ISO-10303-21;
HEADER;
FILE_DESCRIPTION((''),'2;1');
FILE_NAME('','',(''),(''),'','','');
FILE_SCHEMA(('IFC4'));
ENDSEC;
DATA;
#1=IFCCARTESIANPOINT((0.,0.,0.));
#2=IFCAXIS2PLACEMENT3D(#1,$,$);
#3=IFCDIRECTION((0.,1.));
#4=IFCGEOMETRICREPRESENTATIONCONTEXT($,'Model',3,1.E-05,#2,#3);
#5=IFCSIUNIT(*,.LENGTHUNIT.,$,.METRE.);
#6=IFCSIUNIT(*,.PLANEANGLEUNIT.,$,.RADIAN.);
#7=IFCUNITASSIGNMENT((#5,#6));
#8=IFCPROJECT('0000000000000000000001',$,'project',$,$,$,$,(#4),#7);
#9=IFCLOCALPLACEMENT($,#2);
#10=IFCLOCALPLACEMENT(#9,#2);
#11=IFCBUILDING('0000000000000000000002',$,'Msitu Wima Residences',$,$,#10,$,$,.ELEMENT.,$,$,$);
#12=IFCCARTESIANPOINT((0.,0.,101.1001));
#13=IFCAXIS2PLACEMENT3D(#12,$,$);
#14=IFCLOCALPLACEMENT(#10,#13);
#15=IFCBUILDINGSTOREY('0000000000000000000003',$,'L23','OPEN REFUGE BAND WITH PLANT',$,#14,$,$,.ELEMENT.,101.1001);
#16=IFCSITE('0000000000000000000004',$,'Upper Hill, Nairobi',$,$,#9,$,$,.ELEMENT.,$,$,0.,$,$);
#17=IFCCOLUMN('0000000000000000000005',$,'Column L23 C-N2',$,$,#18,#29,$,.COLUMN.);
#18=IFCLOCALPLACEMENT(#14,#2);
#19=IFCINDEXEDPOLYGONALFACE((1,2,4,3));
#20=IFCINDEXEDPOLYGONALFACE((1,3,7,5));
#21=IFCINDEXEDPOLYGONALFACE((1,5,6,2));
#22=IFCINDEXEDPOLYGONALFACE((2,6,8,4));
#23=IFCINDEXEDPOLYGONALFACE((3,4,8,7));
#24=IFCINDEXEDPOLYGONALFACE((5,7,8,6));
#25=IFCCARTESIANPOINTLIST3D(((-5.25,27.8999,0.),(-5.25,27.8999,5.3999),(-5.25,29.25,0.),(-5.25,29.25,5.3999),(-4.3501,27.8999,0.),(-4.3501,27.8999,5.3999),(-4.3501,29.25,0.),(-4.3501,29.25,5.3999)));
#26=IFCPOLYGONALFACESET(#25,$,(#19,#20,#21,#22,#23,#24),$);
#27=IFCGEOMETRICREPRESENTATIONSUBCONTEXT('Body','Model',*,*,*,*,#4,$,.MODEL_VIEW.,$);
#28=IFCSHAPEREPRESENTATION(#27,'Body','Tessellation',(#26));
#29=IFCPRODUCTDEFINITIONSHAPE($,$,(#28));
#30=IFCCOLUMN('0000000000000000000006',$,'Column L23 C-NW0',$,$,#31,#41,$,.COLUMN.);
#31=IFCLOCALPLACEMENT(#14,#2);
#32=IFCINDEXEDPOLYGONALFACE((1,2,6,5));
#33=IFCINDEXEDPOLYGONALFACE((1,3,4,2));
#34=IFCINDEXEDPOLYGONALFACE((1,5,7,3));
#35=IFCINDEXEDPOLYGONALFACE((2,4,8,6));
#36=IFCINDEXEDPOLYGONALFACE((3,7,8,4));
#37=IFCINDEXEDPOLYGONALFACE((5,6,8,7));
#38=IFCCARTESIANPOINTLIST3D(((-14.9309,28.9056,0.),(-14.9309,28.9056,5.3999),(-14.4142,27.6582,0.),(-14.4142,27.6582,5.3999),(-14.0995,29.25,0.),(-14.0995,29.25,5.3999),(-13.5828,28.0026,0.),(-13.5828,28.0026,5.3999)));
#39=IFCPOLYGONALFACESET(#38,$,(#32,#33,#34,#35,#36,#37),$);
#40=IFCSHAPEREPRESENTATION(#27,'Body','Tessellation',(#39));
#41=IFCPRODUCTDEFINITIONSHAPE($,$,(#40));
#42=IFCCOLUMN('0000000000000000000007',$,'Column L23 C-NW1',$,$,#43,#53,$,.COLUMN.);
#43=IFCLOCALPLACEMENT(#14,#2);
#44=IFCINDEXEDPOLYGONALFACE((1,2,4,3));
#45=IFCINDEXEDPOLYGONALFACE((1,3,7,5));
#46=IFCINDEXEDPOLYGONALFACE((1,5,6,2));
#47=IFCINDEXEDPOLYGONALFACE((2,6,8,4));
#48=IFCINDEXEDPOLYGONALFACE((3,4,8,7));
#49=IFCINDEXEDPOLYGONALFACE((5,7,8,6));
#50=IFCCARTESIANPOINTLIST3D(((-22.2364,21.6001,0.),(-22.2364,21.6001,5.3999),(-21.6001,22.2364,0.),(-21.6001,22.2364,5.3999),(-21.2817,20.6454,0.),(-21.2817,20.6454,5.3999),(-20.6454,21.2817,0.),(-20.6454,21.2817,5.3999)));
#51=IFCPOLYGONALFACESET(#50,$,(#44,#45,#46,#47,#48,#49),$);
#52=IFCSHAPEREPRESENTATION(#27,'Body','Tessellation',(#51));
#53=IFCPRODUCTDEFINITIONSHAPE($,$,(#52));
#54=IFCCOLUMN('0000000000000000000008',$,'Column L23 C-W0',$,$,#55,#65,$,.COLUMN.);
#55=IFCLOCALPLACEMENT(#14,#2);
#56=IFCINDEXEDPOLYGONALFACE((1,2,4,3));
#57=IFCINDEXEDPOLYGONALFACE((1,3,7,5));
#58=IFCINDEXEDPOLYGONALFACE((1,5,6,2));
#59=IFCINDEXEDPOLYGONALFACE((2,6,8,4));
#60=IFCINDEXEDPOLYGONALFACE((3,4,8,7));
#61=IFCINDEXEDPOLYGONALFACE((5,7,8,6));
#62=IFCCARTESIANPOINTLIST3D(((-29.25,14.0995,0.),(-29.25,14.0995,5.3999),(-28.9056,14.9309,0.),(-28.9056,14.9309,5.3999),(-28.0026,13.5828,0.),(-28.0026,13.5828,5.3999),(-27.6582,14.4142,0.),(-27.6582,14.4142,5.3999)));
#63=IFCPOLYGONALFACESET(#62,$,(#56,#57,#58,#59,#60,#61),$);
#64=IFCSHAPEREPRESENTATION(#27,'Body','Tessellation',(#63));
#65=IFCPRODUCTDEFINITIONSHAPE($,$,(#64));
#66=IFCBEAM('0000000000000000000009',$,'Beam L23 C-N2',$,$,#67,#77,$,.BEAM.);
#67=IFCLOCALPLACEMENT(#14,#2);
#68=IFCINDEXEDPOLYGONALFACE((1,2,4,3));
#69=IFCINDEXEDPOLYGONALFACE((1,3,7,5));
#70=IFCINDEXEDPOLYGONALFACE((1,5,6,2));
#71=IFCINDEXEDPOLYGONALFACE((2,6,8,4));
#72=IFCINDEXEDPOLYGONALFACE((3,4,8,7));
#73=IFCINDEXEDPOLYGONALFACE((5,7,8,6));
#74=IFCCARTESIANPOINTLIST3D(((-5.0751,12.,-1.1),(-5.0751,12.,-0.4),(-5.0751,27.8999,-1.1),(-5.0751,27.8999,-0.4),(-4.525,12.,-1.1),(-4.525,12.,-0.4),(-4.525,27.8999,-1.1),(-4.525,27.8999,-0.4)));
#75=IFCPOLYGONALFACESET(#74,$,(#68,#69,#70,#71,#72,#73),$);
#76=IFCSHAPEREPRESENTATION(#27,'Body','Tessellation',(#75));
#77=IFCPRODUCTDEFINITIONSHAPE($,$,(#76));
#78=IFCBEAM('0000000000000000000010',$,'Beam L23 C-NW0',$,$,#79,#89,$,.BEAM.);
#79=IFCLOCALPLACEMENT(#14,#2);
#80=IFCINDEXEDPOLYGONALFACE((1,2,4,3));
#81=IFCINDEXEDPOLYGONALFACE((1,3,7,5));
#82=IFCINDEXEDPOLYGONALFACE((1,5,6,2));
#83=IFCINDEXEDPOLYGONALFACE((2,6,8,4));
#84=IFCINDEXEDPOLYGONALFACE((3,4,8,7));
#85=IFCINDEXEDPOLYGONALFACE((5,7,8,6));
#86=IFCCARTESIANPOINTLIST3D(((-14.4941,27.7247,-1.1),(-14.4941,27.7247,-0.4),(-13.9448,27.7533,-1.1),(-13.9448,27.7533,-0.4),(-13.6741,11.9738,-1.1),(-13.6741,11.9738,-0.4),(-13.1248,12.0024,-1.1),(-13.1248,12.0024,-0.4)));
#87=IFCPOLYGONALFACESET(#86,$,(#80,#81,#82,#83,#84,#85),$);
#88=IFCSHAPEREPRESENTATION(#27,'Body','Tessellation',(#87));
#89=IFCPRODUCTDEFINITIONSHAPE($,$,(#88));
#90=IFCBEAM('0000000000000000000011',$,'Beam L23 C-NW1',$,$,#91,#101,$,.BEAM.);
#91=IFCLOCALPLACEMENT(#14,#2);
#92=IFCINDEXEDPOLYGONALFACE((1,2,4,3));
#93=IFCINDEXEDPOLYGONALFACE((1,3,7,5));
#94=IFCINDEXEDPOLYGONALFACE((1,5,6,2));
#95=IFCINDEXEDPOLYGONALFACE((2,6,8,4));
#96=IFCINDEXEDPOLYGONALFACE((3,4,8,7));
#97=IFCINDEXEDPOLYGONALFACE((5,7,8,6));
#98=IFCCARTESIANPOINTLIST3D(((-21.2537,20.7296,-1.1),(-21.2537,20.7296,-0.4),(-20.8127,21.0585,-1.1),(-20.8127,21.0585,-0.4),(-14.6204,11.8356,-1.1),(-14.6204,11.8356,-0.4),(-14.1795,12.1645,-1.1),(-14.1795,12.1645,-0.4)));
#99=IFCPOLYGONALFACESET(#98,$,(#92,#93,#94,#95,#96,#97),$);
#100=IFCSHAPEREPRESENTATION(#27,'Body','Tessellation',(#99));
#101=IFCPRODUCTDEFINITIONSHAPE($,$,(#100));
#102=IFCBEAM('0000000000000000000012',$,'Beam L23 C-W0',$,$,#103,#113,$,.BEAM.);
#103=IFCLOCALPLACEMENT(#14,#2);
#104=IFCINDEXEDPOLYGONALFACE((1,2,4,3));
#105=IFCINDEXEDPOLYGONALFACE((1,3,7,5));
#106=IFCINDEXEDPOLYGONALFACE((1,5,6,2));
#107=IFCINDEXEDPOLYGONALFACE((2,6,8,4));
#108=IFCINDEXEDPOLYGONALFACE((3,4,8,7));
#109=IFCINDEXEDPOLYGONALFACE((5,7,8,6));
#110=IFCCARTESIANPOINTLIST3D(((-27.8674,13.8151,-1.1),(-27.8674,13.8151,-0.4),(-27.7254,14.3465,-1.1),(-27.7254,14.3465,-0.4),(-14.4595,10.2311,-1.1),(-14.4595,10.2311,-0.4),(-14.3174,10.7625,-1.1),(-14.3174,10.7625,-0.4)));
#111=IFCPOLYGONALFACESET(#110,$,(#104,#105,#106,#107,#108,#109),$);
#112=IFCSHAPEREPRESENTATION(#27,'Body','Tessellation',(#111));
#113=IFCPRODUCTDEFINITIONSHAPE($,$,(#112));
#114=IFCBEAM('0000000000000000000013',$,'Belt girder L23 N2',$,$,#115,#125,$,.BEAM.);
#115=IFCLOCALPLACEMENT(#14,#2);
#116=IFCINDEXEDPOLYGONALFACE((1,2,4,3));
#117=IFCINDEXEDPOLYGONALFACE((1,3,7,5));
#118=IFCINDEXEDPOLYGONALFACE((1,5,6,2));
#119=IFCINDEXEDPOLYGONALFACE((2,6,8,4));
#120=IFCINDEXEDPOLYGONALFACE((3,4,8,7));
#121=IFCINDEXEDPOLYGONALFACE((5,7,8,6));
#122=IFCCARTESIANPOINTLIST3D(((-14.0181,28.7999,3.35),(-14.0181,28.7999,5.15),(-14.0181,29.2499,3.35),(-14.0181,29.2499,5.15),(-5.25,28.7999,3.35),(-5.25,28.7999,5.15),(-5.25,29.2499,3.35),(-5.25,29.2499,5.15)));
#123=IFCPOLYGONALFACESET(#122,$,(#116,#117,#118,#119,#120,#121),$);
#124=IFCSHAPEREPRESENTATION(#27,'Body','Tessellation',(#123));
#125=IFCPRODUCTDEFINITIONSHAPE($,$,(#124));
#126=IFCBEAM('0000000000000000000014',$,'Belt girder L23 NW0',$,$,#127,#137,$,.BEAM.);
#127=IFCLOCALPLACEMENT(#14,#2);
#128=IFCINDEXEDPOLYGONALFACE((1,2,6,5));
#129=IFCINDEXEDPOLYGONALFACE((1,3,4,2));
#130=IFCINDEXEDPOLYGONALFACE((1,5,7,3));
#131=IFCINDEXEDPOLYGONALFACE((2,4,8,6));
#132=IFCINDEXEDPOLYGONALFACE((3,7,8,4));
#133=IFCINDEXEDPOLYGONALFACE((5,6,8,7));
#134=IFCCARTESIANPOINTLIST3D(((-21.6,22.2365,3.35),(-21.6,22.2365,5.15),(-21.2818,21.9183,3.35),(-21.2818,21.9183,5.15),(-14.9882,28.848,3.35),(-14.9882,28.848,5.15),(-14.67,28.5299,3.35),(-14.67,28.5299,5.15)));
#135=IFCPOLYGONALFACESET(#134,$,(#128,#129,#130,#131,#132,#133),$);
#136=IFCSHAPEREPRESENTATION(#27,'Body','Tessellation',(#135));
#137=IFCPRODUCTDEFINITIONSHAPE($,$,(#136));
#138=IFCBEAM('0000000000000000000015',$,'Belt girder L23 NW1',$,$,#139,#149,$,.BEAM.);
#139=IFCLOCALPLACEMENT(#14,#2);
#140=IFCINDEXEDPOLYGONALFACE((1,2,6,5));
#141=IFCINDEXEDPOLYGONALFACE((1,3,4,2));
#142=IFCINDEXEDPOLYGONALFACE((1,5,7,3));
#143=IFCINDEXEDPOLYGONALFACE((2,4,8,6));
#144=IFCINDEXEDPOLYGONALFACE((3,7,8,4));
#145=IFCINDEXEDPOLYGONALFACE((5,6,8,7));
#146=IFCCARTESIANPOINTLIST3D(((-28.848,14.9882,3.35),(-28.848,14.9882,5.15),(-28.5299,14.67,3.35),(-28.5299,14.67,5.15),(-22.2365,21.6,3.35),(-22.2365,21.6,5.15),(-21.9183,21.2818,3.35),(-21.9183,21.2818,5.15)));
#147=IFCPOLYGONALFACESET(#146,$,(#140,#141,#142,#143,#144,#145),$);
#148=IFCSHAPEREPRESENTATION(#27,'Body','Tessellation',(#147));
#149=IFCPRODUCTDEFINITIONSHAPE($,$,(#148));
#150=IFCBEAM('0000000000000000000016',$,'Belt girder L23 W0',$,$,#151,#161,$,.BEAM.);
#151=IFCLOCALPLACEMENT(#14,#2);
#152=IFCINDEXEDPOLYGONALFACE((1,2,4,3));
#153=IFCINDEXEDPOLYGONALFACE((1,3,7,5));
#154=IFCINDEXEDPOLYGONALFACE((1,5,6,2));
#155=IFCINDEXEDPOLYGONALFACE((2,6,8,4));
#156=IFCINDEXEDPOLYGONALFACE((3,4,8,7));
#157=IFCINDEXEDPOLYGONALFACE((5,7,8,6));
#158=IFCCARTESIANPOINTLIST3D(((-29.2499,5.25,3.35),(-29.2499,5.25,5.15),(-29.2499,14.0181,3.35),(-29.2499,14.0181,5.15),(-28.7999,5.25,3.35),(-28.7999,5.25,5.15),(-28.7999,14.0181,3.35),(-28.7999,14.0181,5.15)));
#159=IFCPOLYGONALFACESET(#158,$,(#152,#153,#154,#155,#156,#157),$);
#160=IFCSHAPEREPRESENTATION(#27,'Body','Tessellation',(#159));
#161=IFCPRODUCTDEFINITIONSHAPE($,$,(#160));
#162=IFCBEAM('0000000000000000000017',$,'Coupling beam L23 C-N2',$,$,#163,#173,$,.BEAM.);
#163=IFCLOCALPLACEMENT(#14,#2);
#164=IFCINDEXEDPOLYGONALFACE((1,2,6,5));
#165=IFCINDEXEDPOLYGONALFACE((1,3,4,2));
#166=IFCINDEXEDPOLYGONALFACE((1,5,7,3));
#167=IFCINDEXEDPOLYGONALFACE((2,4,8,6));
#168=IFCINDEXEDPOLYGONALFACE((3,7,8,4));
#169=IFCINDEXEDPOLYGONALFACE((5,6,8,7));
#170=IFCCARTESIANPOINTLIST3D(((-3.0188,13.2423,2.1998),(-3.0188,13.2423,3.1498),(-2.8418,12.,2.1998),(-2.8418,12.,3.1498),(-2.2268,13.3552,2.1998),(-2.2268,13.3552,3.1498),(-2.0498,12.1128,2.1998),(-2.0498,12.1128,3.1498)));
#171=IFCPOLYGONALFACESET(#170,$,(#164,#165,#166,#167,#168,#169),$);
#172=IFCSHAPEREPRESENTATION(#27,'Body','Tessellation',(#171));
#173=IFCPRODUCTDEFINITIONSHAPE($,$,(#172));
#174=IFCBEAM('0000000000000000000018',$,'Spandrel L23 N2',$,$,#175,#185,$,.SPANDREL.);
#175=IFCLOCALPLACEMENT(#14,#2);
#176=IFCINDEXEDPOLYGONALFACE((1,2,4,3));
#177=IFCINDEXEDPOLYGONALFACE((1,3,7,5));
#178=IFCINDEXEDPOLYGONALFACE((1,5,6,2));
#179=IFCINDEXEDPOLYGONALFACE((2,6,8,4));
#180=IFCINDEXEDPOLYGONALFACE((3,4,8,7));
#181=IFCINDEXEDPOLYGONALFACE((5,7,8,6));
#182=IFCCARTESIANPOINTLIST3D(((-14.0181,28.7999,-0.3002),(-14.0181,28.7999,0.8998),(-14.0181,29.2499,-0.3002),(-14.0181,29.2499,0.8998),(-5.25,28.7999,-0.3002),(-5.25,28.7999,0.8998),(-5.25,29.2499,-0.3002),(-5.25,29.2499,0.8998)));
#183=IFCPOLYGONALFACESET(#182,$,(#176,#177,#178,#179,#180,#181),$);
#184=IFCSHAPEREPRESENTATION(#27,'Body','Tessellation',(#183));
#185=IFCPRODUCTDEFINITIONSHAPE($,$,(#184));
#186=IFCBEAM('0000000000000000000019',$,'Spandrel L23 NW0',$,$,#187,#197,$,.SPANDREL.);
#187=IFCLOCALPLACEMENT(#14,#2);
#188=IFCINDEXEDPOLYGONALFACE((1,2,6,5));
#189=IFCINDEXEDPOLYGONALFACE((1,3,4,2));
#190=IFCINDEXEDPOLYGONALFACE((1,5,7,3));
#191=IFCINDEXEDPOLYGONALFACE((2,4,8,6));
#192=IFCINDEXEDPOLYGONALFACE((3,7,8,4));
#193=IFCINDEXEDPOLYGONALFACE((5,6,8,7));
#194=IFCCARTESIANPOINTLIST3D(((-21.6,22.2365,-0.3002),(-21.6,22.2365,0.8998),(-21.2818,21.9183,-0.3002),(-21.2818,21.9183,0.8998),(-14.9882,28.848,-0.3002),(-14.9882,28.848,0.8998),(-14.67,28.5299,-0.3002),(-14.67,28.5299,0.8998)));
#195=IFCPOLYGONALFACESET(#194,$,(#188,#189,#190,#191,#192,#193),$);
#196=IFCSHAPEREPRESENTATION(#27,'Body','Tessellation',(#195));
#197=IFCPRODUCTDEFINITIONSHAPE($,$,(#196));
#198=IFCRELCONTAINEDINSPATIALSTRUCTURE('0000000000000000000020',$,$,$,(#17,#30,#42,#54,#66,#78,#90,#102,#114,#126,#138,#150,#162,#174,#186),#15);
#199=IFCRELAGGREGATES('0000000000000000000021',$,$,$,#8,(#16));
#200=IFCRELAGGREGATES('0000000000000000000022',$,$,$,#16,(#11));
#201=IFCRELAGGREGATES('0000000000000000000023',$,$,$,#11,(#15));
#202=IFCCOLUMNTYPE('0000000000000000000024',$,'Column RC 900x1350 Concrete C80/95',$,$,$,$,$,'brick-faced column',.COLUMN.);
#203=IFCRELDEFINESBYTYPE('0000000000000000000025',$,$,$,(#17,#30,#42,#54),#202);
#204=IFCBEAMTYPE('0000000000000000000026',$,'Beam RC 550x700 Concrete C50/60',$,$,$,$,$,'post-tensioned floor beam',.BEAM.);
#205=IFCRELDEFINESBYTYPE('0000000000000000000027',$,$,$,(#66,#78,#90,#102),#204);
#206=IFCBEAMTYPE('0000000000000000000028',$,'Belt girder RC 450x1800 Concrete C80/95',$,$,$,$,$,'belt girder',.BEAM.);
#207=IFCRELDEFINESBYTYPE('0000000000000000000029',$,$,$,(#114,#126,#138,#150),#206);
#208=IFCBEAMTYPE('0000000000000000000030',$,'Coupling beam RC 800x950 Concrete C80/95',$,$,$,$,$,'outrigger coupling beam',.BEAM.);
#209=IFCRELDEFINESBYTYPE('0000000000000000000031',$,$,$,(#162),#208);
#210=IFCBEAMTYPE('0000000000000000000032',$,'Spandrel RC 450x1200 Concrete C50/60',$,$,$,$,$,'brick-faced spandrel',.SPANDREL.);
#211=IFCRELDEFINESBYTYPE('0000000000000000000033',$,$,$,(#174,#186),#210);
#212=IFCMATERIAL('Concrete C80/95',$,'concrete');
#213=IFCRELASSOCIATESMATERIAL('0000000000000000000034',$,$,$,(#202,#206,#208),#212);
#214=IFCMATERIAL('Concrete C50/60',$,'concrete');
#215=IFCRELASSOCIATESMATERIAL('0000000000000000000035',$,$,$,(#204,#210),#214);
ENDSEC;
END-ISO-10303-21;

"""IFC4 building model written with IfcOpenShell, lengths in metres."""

from ifc_helpers import new_model, si_unit, direction, frame, origin, origin_2d, place, context, subcontext, project, spatial, rectangle, extrude, material, material_profile, profile_set, type_object, element, save


model = new_model("IFC4")

# Units and contexts
model_context = context("Model", 3, precision=1e-05, world=origin(), true_north=direction((0.0, 1.0)))
body_context = subcontext(model_context, "Body", "Model", "MODEL_VIEW")
ifc_project = project(units=[si_unit("LENGTHUNIT", "METRE"), si_unit("PLANEANGLEUNIT", "RADIAN")], contexts=[model_context])

# Site, building, storey
site_placement = place(None, origin())
site = spatial("IfcSite", under=ifc_project, at=site_placement, Name="Upper Hill, Nairobi", CompositionType="ELEMENT", RefElevation=0.0)
building_placement = place(site_placement, origin())
building = spatial("IfcBuilding", under=site, at=building_placement, Name="Msitu Wima Residences", CompositionType="ELEMENT")
storey_placement = place(building_placement, frame((0.0, 0.0, 101.1001)))
storey = spatial("IfcBuildingStorey", under=building, at=storey_placement, Name="L23", Description="OPEN REFUGE BAND WITH PLANT", CompositionType="ELEMENT", Elevation=101.1001)

# Columns
ifc_material_1 = material(Name="Concrete C80/95", Category="concrete")
ifc_material_profile_1 = material_profile(ifc_material_1, rectangle(XDim=0.8999, YDim=1.3501, at=origin_2d()), Name="RC 900x1350")
ifc_profile_set_1 = profile_set([ifc_material_profile_1], Name="Concrete C80/95")
column_type = type_object("IfcColumnType", Name="Column RC 900x1350 Concrete C80/95", ElementType="brick-faced column", PredefinedType="COLUMN", material=ifc_profile_set_1)
for number, where, z_axis, x_axis, name in (
    (1, (-4.8, 28.575, 0.0), (0.0, 0.0, 1.0), (-1.0, 0.0, 0.0), "Column L23 C-N2"),
    (2, (-14.2568, 28.4541, 0.0), (0.0, 0.0, 1.0), (-0.92388, -0.382683, 0.0), "Column L23 C-NW0"),
    (3, (-21.4409, 21.4409, 0.0), (0.0, 0.0, 1.0), (-0.707107, -0.707107, 0.0), "Column L23 C-NW1"),
    (4, (-28.4541, 14.2568, 0.0), (0.0, 0.0, 1.0), (-0.382683, -0.92388, 0.0), "Column L23 C-W0"),
):
    element("IfcColumn", number, at=place(storey_placement, frame(where, z_axis=z_axis, x_axis=x_axis)), inside=storey, type_object=column_type, Name=name, PredefinedType="COLUMN", context=body_context, shape_type="SweptSolid", body=[
        extrude(rectangle(XDim=0.8999, YDim=1.3501, at=origin_2d()), origin(), (0.0, 0.0, 1.0), 5.3999),
    ])

# Beams
ifc_material_2 = material(Name="Concrete C50/60", Category="concrete")
ifc_material_profile_2 = material_profile(ifc_material_2, rectangle(XDim=0.55, YDim=0.7, at=origin_2d()), Name="RC 550x700")
ifc_profile_set_2 = profile_set([ifc_material_profile_2], Name="Concrete C50/60")
beam_type_1 = type_object("IfcBeamType", Name="Beam RC 550x700 Concrete C50/60", ElementType="post-tensioned floor beam", PredefinedType="BEAM", material=ifc_profile_set_2)
beam_1_placement = place(storey_placement, frame((-4.8, 27.8999, -0.75), z_axis=(0.0, -1.0, 0.0), x_axis=(1.0, 0.0, 0.0)))
element("IfcBeam", 5, at=beam_1_placement, inside=storey, type_object=beam_type_1, Name="Beam L23 C-N2", PredefinedType="BEAM", context=body_context, shape_type="SweptSolid", body=[
    extrude(rectangle(XDim=0.55, YDim=0.7, at=origin_2d()), origin(), (0.0, 0.0, 1.0), 15.8999),
])
beam_2_placement = place(storey_placement, frame((-14.2195, 27.739, -0.75), z_axis=(0.051994, -0.998647, 0.0), x_axis=(0.998647, 0.051994, 0.0)))
element("IfcBeam", 6, at=beam_2_placement, inside=storey, type_object=beam_type_1, Name="Beam L23 C-NW0", PredefinedType="BEAM", context=body_context, shape_type="SweptSolid", body=[
    extrude(rectangle(XDim=0.55, YDim=0.7, at=origin_2d()), origin(), (0.0, 0.0, 1.0), 15.7722),
])
beam_3_placement = place(storey_placement, frame((-21.0332, 20.894, -0.75), z_axis=(0.59785, -0.801608, 0.0), x_axis=(0.801608, 0.59785, 0.0)))
element("IfcBeam", 7, at=beam_3_placement, inside=storey, type_object=beam_type_1, Name="Beam L23 C-NW1", PredefinedType="BEAM", context=body_context, shape_type="SweptSolid", body=[
    extrude(rectangle(XDim=0.55, YDim=0.7, at=origin_2d()), origin(), (0.0, 0.0, 1.0), 11.0952),
])
beam_4_placement = place(storey_placement, frame((-27.7964, 14.0808, -0.75), z_axis=(0.966082, -0.258236, 0.0), x_axis=(0.258236, 0.966082, 0.0)))
element("IfcBeam", 8, at=beam_4_placement, inside=storey, type_object=beam_type_1, Name="Beam L23 C-W0", PredefinedType="BEAM", context=body_context, shape_type="SweptSolid", body=[
    extrude(rectangle(XDim=0.55, YDim=0.7, at=origin_2d()), origin(), (0.0, 0.0, 1.0), 13.8787),
])
ifc_material_profile_3 = material_profile(ifc_material_1, rectangle(XDim=0.45, YDim=1.8, at=origin_2d()), Name="RC 450x1800")
ifc_profile_set_3 = profile_set([ifc_material_profile_3], Name="Concrete C80/95")
beam_type_2 = type_object("IfcBeamType", Name="Belt girder RC 450x1800 Concrete C80/95", ElementType="belt girder", PredefinedType="BEAM", material=ifc_profile_set_3)
beam_5_placement = place(storey_placement, frame((-5.25, 29.0249, 4.25), z_axis=(-1.0, 0.0, 0.0), x_axis=(0.0, -1.0, 0.0)))
element("IfcBeam", 9, at=beam_5_placement, inside=storey, type_object=beam_type_2, Name="Belt girder L23 N2", PredefinedType="BEAM", context=body_context, shape_type="SweptSolid", body=[
    extrude(rectangle(XDim=0.45, YDim=1.8, at=origin_2d()), origin(), (0.0, 0.0, 1.0), 8.7681),
])
for number, where, z_axis, x_axis, name in (
    (10, (-14.8291, 28.689, 4.25), (-0.70712, -0.707094, 0.0), (0.707094, -0.70712, 0.0), "Belt girder L23 NW0"),
    (11, (-22.0774, 21.4409, 4.25), (-0.707094, -0.70712, 0.0), (0.70712, -0.707094, 0.0), "Belt girder L23 NW1"),
):
    element("IfcBeam", number, at=place(storey_placement, frame(where, z_axis=z_axis, x_axis=x_axis)), inside=storey, type_object=beam_type_2, Name=name, PredefinedType="BEAM", context=body_context, shape_type="SweptSolid", body=[
        extrude(rectangle(XDim=0.45, YDim=1.8, at=origin_2d()), origin(), (0.0, 0.0, 1.0), 9.3503),
    ])
beam_6_placement = place(storey_placement, frame((-29.0249, 14.0181, 4.25), z_axis=(0.0, -1.0, 0.0), x_axis=(1.0, 0.0, 0.0)))
element("IfcBeam", 12, at=beam_6_placement, inside=storey, type_object=beam_type_2, Name="Belt girder L23 W0", PredefinedType="BEAM", context=body_context, shape_type="SweptSolid", body=[
    extrude(rectangle(XDim=0.45, YDim=1.8, at=origin_2d()), origin(), (0.0, 0.0, 1.0), 8.7681),
])
ifc_material_profile_4 = material_profile(ifc_material_1, rectangle(XDim=0.8, YDim=0.95, at=origin_2d()), Name="RC 800x950")
ifc_profile_set_4 = profile_set([ifc_material_profile_4], Name="Concrete C80/95")
beam_type_3 = type_object("IfcBeamType", Name="Coupling beam RC 800x950 Concrete C80/95", ElementType="outrigger coupling beam", PredefinedType="BEAM", material=ifc_profile_set_4)
beam_7_placement = place(storey_placement, frame((-2.4458, 12.0564, 2.6748), z_axis=(-0.14104, 0.990004, 0.0), x_axis=(-0.990004, -0.14104, 0.0)))
element("IfcBeam", 13, at=beam_7_placement, inside=storey, type_object=beam_type_3, Name="Coupling beam L23 C-N2", PredefinedType="BEAM", context=body_context, shape_type="SweptSolid", body=[
    extrude(rectangle(XDim=0.8, YDim=0.95, at=origin_2d()), origin(), (0.0, 0.0, 1.0), 1.2549),
])
ifc_material_profile_5 = material_profile(ifc_material_2, rectangle(XDim=0.45, YDim=1.2, at=origin_2d()), Name="RC 450x1200")
ifc_profile_set_5 = profile_set([ifc_material_profile_5], Name="Concrete C50/60")
beam_type_4 = type_object("IfcBeamType", Name="Spandrel RC 450x1200 Concrete C50/60", ElementType="brick-faced spandrel", PredefinedType="SPANDREL", material=ifc_profile_set_5)
beam_8_placement = place(storey_placement, frame((-5.25, 29.0249, 0.2998), z_axis=(-1.0, 0.0, 0.0), x_axis=(0.0, -1.0, 0.0)))
element("IfcBeam", 14, at=beam_8_placement, inside=storey, type_object=beam_type_4, Name="Spandrel L23 N2", PredefinedType="SPANDREL", context=body_context, shape_type="SweptSolid", body=[
    extrude(rectangle(XDim=0.45, YDim=1.2, at=origin_2d()), origin(), (0.0, 0.0, 1.0), 8.7681),
])
for number, where, z_axis, x_axis, name in (
    (15, (-14.8291, 28.689, 0.2998), (-0.70712, -0.707094, 0.0), (0.707094, -0.70712, 0.0), "Spandrel L23 NW0"),
):
    element("IfcBeam", number, at=place(storey_placement, frame(where, z_axis=z_axis, x_axis=x_axis)), inside=storey, type_object=beam_type_4, Name=name, PredefinedType="SPANDREL", context=body_context, shape_type="SweptSolid", body=[
        extrude(rectangle(XDim=0.45, YDim=1.2, at=origin_2d()), origin(), (0.0, 0.0, 1.0), 9.3503),
    ])

save(model, "model.ifc")
